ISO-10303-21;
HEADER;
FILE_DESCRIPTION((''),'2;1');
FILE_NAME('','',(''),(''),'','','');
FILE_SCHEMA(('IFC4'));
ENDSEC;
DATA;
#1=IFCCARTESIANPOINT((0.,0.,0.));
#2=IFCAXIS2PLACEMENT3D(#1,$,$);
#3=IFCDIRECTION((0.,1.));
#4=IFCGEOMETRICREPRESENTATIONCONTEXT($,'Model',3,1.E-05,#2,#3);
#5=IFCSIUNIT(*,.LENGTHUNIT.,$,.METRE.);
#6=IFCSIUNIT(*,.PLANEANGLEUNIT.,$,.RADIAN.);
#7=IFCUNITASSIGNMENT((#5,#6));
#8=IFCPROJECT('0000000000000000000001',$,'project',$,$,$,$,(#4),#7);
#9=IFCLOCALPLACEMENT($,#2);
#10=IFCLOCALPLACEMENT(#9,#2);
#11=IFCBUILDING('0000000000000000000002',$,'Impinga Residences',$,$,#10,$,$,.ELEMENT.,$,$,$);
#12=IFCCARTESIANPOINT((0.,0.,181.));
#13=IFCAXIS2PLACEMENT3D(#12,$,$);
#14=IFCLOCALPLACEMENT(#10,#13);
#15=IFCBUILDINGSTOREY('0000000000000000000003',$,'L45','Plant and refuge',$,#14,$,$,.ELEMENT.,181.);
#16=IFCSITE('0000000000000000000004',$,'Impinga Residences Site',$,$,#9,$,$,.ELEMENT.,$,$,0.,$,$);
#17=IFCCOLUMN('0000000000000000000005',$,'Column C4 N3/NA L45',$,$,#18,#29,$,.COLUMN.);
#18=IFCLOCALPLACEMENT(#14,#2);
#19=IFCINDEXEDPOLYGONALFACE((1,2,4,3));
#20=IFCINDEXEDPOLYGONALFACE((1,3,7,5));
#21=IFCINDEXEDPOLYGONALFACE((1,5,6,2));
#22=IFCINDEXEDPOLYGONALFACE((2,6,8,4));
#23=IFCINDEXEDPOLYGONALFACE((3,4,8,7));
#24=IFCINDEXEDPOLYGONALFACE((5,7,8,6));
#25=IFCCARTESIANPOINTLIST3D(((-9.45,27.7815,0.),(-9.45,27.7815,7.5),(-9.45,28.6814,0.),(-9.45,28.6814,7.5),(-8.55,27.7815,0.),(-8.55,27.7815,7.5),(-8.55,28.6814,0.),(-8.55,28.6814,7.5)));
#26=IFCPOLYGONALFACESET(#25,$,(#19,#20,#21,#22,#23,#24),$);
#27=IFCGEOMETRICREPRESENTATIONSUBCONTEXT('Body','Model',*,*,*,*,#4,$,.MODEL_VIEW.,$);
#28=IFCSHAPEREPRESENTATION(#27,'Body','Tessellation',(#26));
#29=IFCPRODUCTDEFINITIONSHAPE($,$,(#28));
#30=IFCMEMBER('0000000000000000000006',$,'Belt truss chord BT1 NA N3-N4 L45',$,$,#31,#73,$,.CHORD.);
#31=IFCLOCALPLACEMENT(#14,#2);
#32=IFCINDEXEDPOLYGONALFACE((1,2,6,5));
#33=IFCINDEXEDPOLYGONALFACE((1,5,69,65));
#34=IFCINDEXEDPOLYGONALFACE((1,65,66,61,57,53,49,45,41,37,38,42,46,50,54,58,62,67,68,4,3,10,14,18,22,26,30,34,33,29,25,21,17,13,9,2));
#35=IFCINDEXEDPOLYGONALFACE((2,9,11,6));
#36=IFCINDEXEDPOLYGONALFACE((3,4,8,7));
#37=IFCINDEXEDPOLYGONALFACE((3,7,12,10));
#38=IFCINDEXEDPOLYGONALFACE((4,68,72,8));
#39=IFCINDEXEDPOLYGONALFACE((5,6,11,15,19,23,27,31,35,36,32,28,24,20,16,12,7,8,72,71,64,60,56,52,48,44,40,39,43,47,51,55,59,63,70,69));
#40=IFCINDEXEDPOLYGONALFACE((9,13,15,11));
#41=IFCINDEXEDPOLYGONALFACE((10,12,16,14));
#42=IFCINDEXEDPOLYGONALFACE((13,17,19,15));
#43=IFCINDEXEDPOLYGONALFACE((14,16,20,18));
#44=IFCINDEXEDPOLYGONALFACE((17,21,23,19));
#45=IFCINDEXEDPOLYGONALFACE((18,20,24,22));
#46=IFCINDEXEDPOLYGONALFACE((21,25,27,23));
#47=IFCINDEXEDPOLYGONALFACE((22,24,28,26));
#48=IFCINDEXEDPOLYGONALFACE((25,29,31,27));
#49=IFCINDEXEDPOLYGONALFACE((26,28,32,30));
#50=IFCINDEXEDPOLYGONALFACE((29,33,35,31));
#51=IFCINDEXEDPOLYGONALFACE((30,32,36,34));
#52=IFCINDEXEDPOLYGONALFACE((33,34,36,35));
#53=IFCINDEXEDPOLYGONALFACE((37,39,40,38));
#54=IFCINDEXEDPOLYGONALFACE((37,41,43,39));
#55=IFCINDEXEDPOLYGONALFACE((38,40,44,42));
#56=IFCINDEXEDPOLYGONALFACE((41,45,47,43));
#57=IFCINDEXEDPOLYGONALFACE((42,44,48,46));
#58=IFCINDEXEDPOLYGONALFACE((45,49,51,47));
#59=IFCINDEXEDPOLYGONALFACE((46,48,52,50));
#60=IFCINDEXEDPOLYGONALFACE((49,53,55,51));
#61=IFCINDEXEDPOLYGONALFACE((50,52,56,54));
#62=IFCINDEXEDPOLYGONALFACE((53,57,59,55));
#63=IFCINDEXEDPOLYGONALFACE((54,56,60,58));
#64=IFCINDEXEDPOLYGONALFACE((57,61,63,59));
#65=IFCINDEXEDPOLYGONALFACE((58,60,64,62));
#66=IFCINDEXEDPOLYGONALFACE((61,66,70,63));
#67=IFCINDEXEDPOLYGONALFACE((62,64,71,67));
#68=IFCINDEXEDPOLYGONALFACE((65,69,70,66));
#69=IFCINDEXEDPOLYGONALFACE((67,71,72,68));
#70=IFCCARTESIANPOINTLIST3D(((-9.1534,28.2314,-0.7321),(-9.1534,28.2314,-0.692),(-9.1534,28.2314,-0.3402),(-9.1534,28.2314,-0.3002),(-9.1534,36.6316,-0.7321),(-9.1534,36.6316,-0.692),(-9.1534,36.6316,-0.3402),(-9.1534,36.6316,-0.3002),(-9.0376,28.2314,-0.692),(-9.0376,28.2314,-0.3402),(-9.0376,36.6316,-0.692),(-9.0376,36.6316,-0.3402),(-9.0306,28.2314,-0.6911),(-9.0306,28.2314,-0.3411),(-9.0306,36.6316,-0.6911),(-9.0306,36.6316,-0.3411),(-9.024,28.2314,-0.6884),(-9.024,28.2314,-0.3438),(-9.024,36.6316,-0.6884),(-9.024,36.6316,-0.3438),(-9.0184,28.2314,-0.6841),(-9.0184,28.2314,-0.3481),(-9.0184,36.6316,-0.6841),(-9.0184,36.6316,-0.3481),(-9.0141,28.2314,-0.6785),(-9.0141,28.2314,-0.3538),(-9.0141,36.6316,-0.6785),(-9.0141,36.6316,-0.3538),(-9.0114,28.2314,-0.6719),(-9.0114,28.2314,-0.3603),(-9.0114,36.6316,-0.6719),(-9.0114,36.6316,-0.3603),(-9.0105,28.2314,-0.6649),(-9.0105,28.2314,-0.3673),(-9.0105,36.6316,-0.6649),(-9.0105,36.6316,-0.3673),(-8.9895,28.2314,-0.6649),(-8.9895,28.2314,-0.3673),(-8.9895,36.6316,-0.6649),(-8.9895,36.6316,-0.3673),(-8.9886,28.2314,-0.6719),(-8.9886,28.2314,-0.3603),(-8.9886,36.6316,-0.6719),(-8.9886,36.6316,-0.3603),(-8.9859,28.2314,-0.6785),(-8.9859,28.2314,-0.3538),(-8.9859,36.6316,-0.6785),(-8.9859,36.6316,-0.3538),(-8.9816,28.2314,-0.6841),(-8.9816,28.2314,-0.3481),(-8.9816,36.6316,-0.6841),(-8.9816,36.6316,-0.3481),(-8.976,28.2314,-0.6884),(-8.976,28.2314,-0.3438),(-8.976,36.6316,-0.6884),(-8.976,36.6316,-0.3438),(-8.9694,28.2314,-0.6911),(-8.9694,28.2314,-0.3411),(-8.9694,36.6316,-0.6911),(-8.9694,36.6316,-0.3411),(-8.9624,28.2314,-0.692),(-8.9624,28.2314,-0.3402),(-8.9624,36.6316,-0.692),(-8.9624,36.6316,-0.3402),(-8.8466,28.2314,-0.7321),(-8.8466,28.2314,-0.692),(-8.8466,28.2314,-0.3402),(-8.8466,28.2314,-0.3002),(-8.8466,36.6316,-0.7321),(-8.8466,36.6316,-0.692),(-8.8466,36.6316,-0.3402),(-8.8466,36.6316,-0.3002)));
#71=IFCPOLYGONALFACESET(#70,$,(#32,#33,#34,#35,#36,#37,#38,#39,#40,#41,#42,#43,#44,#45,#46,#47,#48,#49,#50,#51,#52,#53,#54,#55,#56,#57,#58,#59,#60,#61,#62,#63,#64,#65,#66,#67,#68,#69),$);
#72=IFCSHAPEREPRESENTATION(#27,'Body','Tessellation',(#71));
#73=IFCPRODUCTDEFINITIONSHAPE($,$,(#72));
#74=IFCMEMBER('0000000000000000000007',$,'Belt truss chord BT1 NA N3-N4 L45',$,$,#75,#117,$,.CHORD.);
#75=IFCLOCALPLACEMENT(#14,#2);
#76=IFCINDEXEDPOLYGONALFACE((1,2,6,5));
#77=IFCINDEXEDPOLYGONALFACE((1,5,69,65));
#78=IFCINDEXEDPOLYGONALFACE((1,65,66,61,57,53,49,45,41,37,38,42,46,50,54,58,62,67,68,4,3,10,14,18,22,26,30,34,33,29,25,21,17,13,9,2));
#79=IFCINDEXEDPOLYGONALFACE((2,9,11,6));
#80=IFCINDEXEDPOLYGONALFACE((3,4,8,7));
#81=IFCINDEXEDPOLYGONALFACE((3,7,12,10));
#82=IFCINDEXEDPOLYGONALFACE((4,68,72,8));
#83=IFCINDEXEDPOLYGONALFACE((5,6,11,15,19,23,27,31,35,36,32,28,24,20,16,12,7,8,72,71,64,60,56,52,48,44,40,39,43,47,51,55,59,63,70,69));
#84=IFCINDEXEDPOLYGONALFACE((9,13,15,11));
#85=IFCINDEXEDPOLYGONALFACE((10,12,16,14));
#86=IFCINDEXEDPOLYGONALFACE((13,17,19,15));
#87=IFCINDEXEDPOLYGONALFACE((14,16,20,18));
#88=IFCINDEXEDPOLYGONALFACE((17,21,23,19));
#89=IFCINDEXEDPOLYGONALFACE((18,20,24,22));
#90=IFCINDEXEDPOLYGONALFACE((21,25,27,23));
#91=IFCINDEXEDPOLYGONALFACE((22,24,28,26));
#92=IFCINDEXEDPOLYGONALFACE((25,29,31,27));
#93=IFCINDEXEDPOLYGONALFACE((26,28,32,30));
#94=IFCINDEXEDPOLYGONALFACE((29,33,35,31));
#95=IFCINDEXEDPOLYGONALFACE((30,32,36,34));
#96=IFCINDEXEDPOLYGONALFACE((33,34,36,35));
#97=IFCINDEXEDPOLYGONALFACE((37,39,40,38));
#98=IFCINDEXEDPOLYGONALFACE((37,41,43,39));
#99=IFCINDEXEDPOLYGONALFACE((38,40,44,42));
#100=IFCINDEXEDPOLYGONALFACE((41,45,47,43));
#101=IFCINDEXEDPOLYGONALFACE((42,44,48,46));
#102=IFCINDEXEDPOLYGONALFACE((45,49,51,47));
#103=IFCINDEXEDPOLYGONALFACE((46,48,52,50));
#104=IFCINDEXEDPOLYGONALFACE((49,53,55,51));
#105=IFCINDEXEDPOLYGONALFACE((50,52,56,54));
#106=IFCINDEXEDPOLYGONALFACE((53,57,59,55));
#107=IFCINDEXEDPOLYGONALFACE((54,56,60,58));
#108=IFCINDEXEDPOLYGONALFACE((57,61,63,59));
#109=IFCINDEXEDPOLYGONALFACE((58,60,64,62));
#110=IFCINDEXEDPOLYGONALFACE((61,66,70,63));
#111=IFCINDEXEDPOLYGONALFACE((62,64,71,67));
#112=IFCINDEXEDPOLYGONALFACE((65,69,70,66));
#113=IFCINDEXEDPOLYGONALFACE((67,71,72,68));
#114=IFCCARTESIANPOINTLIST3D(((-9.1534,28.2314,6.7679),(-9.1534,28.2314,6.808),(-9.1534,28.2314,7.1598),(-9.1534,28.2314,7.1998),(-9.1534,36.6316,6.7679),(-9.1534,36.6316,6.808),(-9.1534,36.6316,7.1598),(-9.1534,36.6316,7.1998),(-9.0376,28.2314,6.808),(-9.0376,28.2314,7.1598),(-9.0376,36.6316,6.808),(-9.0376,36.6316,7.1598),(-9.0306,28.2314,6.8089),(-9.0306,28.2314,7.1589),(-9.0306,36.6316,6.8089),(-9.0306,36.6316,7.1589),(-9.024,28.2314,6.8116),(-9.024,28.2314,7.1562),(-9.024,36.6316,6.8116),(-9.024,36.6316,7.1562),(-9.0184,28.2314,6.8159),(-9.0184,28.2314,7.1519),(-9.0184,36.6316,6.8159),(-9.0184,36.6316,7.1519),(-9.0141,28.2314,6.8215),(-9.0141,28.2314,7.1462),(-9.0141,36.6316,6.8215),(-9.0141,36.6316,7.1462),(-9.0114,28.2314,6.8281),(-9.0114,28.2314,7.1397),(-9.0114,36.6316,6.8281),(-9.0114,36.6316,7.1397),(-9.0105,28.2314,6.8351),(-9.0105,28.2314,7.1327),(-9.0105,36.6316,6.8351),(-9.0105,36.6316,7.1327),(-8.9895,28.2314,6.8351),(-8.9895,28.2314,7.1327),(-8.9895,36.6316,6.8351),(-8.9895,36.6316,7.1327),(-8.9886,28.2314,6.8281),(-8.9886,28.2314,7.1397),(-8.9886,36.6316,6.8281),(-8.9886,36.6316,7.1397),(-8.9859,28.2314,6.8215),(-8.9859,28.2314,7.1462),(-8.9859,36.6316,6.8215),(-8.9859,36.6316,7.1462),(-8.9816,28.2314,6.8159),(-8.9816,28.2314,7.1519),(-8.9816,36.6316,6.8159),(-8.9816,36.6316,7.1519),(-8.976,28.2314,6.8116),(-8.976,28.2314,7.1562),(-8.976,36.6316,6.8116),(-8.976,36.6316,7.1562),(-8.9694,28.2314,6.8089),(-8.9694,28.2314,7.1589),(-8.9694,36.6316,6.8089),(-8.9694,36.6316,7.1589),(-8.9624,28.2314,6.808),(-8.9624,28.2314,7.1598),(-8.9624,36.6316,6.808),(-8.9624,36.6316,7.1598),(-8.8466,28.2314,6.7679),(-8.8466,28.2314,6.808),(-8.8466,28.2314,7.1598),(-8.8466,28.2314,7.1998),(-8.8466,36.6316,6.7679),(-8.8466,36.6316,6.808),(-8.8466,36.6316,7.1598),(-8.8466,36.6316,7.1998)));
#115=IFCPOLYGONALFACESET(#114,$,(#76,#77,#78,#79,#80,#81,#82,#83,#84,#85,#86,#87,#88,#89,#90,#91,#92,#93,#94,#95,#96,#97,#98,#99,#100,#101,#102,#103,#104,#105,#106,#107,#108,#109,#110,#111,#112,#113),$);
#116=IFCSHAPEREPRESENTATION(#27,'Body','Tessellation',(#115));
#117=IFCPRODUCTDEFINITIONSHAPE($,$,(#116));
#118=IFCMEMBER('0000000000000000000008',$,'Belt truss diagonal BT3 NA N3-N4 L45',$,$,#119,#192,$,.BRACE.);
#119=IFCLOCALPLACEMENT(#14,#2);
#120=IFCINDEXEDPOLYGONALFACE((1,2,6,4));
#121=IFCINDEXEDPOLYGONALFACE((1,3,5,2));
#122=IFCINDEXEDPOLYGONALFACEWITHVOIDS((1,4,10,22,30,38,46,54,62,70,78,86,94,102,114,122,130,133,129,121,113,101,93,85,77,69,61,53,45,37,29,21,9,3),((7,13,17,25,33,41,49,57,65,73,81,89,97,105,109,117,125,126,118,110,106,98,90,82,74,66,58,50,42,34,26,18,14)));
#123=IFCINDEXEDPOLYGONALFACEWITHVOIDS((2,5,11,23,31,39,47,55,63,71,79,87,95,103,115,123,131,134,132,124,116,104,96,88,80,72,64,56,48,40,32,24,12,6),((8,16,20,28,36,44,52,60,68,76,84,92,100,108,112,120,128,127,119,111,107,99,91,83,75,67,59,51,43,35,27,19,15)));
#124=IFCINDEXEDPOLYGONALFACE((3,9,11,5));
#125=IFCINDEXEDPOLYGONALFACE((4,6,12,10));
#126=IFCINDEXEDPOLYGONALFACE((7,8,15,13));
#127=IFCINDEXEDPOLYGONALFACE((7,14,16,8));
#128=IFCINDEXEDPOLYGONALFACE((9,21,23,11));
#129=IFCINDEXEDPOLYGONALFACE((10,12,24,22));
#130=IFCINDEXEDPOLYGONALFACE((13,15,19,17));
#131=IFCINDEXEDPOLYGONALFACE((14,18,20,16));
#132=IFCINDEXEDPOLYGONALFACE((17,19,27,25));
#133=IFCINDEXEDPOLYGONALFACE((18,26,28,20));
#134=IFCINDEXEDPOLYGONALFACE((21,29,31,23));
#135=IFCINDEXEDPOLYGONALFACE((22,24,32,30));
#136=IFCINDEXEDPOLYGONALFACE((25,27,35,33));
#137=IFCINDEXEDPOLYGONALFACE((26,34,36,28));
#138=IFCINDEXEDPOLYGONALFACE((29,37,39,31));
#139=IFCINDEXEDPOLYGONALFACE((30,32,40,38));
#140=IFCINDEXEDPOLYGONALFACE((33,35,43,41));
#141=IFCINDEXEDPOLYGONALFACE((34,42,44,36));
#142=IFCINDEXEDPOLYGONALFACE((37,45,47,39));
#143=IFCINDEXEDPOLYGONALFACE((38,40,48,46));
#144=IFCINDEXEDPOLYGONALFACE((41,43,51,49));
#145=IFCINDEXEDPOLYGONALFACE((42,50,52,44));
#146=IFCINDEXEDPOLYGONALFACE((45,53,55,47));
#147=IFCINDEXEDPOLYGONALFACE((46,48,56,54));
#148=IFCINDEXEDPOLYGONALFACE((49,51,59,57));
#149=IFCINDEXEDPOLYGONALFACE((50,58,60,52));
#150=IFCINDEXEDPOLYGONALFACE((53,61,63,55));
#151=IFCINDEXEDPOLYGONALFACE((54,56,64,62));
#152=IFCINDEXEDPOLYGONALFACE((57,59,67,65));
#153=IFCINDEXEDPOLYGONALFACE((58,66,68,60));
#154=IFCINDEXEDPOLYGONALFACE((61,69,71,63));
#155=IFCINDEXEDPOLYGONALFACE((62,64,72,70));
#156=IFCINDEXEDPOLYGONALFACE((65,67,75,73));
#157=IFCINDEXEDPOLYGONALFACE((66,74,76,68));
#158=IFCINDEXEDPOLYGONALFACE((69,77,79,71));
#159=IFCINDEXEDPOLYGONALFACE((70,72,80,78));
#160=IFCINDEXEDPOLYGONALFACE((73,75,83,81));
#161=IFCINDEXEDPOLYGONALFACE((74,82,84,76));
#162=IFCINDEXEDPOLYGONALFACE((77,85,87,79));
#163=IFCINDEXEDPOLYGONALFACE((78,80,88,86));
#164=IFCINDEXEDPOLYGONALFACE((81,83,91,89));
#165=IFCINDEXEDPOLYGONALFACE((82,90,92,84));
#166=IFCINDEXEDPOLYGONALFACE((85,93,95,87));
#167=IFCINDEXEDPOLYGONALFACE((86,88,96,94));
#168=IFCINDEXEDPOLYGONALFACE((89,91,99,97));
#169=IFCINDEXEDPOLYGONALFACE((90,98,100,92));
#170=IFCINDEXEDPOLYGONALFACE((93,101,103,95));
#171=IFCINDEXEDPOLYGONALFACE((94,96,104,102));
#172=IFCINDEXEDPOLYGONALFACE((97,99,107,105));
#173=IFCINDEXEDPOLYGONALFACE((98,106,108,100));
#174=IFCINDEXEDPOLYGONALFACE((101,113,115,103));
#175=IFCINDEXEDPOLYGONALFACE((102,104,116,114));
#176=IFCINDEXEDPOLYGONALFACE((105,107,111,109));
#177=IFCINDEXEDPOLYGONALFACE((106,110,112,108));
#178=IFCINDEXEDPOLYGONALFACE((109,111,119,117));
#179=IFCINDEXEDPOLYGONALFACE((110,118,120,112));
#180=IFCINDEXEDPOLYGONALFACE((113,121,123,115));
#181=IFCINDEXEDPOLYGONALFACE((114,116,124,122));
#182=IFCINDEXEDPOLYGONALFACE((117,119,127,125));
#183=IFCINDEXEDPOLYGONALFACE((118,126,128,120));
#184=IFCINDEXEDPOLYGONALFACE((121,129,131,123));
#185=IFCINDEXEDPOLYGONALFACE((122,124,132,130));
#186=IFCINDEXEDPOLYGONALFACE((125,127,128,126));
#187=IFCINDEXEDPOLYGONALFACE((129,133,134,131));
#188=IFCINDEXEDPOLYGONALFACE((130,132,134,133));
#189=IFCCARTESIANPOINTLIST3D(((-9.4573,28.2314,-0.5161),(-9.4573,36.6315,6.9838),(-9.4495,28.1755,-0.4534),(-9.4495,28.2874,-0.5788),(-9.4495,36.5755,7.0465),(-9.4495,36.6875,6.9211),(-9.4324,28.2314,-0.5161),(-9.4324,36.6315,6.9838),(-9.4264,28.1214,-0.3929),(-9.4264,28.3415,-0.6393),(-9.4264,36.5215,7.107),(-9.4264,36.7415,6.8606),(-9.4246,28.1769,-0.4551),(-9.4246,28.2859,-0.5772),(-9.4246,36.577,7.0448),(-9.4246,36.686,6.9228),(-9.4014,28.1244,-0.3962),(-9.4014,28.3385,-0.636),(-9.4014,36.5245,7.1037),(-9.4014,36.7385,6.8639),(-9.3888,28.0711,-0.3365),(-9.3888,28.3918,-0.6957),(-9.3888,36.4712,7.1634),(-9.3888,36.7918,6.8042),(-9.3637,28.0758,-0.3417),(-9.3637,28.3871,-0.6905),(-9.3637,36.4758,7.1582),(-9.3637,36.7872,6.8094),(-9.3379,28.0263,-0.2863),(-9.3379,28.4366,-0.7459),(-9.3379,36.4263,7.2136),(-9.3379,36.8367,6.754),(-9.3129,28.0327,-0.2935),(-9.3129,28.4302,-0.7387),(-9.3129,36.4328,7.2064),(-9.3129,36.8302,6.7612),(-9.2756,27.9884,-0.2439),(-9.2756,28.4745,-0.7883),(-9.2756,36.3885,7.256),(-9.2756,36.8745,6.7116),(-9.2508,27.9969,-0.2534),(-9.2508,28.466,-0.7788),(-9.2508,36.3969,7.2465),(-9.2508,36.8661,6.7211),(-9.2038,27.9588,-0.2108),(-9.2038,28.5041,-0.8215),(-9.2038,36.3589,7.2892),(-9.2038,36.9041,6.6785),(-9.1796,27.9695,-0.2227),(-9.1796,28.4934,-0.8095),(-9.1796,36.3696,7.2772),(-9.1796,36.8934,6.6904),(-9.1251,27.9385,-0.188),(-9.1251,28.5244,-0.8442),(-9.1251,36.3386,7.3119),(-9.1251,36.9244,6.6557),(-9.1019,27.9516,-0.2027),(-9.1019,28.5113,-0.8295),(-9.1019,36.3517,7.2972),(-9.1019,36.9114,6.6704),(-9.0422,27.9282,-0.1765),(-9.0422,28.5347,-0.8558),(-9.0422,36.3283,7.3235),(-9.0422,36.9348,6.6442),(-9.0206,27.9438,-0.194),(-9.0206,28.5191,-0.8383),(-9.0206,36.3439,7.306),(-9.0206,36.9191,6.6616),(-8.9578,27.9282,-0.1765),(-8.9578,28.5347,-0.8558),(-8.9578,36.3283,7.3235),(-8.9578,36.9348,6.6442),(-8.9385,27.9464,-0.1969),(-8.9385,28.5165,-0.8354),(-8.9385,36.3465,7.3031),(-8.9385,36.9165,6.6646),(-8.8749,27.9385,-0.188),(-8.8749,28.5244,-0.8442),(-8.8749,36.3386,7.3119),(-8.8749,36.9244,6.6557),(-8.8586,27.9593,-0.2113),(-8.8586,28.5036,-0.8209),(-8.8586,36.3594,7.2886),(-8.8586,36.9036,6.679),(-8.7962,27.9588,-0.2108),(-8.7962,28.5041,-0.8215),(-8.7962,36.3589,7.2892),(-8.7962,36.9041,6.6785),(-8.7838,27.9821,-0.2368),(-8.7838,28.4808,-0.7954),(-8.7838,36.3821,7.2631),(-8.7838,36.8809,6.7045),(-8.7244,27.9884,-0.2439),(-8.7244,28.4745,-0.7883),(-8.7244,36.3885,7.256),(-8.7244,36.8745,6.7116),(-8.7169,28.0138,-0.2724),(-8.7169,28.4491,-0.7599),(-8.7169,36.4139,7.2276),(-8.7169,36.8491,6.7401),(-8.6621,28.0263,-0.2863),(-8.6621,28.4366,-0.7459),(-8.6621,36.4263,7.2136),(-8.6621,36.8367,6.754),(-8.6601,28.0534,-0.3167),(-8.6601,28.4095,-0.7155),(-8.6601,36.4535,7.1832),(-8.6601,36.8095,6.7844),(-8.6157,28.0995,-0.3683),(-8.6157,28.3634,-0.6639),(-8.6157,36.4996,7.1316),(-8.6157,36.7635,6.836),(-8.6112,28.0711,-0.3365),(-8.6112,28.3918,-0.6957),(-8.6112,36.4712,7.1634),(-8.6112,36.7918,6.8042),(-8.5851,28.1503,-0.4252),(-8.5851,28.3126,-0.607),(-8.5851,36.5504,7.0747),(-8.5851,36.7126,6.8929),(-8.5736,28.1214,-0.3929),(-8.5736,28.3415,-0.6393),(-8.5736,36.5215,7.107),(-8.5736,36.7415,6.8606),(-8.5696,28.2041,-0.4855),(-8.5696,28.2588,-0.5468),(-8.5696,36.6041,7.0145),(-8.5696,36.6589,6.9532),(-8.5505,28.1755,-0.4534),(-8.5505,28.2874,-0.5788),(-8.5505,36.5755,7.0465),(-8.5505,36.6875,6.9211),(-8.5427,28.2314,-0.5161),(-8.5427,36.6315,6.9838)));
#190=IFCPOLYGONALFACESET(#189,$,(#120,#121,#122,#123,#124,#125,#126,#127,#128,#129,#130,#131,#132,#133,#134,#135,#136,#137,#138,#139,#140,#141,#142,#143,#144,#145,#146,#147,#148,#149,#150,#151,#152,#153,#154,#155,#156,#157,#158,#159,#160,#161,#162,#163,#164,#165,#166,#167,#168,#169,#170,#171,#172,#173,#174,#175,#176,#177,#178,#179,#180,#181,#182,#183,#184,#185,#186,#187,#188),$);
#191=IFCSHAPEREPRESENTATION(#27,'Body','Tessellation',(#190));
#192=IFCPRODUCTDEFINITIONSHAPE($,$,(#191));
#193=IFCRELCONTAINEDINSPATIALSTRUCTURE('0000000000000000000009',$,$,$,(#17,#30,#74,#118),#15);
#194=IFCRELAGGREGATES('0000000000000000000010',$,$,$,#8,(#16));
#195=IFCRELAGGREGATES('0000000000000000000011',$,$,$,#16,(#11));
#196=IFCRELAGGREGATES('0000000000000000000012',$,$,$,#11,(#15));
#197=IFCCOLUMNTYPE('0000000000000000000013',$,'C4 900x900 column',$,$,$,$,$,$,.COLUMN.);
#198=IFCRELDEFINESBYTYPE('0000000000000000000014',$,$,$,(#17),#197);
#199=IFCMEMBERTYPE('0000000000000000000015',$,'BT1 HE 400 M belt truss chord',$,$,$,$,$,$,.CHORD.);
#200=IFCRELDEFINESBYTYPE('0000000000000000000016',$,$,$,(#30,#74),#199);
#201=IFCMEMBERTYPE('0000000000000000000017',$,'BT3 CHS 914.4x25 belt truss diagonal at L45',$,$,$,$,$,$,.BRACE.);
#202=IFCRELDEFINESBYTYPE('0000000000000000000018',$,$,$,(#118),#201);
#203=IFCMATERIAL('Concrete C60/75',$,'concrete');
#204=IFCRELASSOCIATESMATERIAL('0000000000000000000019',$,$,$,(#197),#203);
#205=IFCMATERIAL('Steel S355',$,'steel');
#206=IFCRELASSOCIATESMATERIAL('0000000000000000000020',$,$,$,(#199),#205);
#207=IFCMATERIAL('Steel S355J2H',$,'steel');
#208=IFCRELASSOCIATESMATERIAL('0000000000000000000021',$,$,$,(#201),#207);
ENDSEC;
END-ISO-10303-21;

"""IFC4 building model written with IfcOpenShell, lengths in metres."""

from ifc_helpers import new_model, si_unit, direction, frame, origin, origin_2d, place, context, subcontext, project, spatial, rectangle, hollow_circle, i_section, extrude, material, material_profile, profile_set, type_object, element, save


model = new_model("IFC4")

# Units and contexts
model_context = context("Model", 3, precision=1e-05, world=origin(), true_north=direction((0.0, 1.0)))
body_context = subcontext(model_context, "Body", "Model", "MODEL_VIEW")
ifc_project = project(units=[si_unit("LENGTHUNIT", "METRE"), si_unit("PLANEANGLEUNIT", "RADIAN")], contexts=[model_context])

# Site, building, storey
site_placement = place(None, origin())
site = spatial("IfcSite", under=ifc_project, at=site_placement, Name="Impinga Residences Site", CompositionType="ELEMENT", RefElevation=0.0)
building_placement = place(site_placement, origin())
building = spatial("IfcBuilding", under=site, at=building_placement, Name="Impinga Residences", CompositionType="ELEMENT")
storey_placement = place(building_placement, frame((0.0, 0.0, 181.0)))
storey = spatial("IfcBuildingStorey", under=building, at=storey_placement, Name="L45", Description="Plant and refuge", CompositionType="ELEMENT", Elevation=181.0)

# Column
ifc_material_1 = material(Name="Concrete C60/75", Category="concrete")
ifc_material_profile_1 = material_profile(ifc_material_1, rectangle(XDim=0.8999, YDim=0.8999, at=origin_2d()), Name="RC 900x900")
ifc_profile_set_1 = profile_set([ifc_material_profile_1], Name="Concrete C60/75")
column_type = type_object("IfcColumnType", Name="C4 900x900 column", PredefinedType="COLUMN", material=ifc_profile_set_1)
column_placement = place(storey_placement, frame((-9.0, 28.2314, 0.0), z_axis=(0.0, 0.0, 1.0), x_axis=(1.0, 0.0, 0.0)))
element("IfcColumn", 1, at=column_placement, inside=storey, type_object=column_type, Name="Column C4 N3/NA L45", PredefinedType="COLUMN", context=body_context, shape_type="SweptSolid", body=[
    extrude(rectangle(XDim=0.8999, YDim=0.8999, at=origin_2d()), origin(), (0.0, 0.0, 1.0), 7.5),
])

# Members
ifc_material_2 = material(Name="Steel S355", Category="steel")
ifc_material_profile_2 = material_profile(ifc_material_2, i_section(OverallWidth=0.3069, OverallDepth=0.4319, WebThickness=0.021, FlangeThickness=0.04, FilletRadius=0.0271, at=origin_2d()), Name="HE 400 M")
ifc_profile_set_2 = profile_set([ifc_material_profile_2], Name="Steel S355")
member_type_1 = type_object("IfcMemberType", Name="BT1 HE 400 M belt truss chord", PredefinedType="CHORD", material=ifc_profile_set_2)
for number, where, z_axis, x_axis, name in (
    (2, (-9.0, 28.2314, -0.5161), (0.0, 1.0, 0.0), (-1.0, 0.0, 0.0), "Belt truss chord BT1 NA N3-N4 L45"),
    (3, (-9.0, 28.2314, 6.9839), (0.0, 1.0, 0.0), (-1.0, 0.0, 0.0), "Belt truss chord BT1 NA N3-N4 L45"),
):
    element("IfcMember", number, at=place(storey_placement, frame(where, z_axis=z_axis, x_axis=x_axis)), inside=storey, type_object=member_type_1, Name=name, PredefinedType="CHORD", context=body_context, shape_type="SweptSolid", body=[
        extrude(i_section(OverallWidth=0.3069, OverallDepth=0.4319, WebThickness=0.021, FlangeThickness=0.04, FilletRadius=0.0271, at=origin_2d()), origin(), (0.0, 0.0, 1.0), 8.4001),
    ])
ifc_material_3 = material(Name="Steel S355J2H", Category="steel")
ifc_material_profile_3 = material_profile(ifc_material_3, hollow_circle(Radius=0.4573, WallThickness=0.0249, at=origin_2d()), Name="CHS 914.4x25")
ifc_profile_set_3 = profile_set([ifc_material_profile_3], Name="Steel S355J2H")
member_type_2 = type_object("IfcMemberType", Name="BT3 CHS 914.4x25 belt truss diagonal at L45", PredefinedType="BRACE", material=ifc_profile_set_3)
member_1_placement = place(storey_placement, frame((-9.0, 28.2314, -0.5161), z_axis=(0.0, 0.745943, 0.666009), x_axis=(-1.0, 0.0, 0.0)))
element("IfcMember", 4, at=member_1_placement, inside=storey, type_object=member_type_2, Name="Belt truss diagonal BT3 NA N3-N4 L45", PredefinedType="BRACE", context=body_context, shape_type="SweptSolid", body=[
    extrude(hollow_circle(Radius=0.4573, WallThickness=0.0249, at=origin_2d()), origin(), (0.0, 0.0, 1.0), 11.261),
])

save(model, "model.ifc")
